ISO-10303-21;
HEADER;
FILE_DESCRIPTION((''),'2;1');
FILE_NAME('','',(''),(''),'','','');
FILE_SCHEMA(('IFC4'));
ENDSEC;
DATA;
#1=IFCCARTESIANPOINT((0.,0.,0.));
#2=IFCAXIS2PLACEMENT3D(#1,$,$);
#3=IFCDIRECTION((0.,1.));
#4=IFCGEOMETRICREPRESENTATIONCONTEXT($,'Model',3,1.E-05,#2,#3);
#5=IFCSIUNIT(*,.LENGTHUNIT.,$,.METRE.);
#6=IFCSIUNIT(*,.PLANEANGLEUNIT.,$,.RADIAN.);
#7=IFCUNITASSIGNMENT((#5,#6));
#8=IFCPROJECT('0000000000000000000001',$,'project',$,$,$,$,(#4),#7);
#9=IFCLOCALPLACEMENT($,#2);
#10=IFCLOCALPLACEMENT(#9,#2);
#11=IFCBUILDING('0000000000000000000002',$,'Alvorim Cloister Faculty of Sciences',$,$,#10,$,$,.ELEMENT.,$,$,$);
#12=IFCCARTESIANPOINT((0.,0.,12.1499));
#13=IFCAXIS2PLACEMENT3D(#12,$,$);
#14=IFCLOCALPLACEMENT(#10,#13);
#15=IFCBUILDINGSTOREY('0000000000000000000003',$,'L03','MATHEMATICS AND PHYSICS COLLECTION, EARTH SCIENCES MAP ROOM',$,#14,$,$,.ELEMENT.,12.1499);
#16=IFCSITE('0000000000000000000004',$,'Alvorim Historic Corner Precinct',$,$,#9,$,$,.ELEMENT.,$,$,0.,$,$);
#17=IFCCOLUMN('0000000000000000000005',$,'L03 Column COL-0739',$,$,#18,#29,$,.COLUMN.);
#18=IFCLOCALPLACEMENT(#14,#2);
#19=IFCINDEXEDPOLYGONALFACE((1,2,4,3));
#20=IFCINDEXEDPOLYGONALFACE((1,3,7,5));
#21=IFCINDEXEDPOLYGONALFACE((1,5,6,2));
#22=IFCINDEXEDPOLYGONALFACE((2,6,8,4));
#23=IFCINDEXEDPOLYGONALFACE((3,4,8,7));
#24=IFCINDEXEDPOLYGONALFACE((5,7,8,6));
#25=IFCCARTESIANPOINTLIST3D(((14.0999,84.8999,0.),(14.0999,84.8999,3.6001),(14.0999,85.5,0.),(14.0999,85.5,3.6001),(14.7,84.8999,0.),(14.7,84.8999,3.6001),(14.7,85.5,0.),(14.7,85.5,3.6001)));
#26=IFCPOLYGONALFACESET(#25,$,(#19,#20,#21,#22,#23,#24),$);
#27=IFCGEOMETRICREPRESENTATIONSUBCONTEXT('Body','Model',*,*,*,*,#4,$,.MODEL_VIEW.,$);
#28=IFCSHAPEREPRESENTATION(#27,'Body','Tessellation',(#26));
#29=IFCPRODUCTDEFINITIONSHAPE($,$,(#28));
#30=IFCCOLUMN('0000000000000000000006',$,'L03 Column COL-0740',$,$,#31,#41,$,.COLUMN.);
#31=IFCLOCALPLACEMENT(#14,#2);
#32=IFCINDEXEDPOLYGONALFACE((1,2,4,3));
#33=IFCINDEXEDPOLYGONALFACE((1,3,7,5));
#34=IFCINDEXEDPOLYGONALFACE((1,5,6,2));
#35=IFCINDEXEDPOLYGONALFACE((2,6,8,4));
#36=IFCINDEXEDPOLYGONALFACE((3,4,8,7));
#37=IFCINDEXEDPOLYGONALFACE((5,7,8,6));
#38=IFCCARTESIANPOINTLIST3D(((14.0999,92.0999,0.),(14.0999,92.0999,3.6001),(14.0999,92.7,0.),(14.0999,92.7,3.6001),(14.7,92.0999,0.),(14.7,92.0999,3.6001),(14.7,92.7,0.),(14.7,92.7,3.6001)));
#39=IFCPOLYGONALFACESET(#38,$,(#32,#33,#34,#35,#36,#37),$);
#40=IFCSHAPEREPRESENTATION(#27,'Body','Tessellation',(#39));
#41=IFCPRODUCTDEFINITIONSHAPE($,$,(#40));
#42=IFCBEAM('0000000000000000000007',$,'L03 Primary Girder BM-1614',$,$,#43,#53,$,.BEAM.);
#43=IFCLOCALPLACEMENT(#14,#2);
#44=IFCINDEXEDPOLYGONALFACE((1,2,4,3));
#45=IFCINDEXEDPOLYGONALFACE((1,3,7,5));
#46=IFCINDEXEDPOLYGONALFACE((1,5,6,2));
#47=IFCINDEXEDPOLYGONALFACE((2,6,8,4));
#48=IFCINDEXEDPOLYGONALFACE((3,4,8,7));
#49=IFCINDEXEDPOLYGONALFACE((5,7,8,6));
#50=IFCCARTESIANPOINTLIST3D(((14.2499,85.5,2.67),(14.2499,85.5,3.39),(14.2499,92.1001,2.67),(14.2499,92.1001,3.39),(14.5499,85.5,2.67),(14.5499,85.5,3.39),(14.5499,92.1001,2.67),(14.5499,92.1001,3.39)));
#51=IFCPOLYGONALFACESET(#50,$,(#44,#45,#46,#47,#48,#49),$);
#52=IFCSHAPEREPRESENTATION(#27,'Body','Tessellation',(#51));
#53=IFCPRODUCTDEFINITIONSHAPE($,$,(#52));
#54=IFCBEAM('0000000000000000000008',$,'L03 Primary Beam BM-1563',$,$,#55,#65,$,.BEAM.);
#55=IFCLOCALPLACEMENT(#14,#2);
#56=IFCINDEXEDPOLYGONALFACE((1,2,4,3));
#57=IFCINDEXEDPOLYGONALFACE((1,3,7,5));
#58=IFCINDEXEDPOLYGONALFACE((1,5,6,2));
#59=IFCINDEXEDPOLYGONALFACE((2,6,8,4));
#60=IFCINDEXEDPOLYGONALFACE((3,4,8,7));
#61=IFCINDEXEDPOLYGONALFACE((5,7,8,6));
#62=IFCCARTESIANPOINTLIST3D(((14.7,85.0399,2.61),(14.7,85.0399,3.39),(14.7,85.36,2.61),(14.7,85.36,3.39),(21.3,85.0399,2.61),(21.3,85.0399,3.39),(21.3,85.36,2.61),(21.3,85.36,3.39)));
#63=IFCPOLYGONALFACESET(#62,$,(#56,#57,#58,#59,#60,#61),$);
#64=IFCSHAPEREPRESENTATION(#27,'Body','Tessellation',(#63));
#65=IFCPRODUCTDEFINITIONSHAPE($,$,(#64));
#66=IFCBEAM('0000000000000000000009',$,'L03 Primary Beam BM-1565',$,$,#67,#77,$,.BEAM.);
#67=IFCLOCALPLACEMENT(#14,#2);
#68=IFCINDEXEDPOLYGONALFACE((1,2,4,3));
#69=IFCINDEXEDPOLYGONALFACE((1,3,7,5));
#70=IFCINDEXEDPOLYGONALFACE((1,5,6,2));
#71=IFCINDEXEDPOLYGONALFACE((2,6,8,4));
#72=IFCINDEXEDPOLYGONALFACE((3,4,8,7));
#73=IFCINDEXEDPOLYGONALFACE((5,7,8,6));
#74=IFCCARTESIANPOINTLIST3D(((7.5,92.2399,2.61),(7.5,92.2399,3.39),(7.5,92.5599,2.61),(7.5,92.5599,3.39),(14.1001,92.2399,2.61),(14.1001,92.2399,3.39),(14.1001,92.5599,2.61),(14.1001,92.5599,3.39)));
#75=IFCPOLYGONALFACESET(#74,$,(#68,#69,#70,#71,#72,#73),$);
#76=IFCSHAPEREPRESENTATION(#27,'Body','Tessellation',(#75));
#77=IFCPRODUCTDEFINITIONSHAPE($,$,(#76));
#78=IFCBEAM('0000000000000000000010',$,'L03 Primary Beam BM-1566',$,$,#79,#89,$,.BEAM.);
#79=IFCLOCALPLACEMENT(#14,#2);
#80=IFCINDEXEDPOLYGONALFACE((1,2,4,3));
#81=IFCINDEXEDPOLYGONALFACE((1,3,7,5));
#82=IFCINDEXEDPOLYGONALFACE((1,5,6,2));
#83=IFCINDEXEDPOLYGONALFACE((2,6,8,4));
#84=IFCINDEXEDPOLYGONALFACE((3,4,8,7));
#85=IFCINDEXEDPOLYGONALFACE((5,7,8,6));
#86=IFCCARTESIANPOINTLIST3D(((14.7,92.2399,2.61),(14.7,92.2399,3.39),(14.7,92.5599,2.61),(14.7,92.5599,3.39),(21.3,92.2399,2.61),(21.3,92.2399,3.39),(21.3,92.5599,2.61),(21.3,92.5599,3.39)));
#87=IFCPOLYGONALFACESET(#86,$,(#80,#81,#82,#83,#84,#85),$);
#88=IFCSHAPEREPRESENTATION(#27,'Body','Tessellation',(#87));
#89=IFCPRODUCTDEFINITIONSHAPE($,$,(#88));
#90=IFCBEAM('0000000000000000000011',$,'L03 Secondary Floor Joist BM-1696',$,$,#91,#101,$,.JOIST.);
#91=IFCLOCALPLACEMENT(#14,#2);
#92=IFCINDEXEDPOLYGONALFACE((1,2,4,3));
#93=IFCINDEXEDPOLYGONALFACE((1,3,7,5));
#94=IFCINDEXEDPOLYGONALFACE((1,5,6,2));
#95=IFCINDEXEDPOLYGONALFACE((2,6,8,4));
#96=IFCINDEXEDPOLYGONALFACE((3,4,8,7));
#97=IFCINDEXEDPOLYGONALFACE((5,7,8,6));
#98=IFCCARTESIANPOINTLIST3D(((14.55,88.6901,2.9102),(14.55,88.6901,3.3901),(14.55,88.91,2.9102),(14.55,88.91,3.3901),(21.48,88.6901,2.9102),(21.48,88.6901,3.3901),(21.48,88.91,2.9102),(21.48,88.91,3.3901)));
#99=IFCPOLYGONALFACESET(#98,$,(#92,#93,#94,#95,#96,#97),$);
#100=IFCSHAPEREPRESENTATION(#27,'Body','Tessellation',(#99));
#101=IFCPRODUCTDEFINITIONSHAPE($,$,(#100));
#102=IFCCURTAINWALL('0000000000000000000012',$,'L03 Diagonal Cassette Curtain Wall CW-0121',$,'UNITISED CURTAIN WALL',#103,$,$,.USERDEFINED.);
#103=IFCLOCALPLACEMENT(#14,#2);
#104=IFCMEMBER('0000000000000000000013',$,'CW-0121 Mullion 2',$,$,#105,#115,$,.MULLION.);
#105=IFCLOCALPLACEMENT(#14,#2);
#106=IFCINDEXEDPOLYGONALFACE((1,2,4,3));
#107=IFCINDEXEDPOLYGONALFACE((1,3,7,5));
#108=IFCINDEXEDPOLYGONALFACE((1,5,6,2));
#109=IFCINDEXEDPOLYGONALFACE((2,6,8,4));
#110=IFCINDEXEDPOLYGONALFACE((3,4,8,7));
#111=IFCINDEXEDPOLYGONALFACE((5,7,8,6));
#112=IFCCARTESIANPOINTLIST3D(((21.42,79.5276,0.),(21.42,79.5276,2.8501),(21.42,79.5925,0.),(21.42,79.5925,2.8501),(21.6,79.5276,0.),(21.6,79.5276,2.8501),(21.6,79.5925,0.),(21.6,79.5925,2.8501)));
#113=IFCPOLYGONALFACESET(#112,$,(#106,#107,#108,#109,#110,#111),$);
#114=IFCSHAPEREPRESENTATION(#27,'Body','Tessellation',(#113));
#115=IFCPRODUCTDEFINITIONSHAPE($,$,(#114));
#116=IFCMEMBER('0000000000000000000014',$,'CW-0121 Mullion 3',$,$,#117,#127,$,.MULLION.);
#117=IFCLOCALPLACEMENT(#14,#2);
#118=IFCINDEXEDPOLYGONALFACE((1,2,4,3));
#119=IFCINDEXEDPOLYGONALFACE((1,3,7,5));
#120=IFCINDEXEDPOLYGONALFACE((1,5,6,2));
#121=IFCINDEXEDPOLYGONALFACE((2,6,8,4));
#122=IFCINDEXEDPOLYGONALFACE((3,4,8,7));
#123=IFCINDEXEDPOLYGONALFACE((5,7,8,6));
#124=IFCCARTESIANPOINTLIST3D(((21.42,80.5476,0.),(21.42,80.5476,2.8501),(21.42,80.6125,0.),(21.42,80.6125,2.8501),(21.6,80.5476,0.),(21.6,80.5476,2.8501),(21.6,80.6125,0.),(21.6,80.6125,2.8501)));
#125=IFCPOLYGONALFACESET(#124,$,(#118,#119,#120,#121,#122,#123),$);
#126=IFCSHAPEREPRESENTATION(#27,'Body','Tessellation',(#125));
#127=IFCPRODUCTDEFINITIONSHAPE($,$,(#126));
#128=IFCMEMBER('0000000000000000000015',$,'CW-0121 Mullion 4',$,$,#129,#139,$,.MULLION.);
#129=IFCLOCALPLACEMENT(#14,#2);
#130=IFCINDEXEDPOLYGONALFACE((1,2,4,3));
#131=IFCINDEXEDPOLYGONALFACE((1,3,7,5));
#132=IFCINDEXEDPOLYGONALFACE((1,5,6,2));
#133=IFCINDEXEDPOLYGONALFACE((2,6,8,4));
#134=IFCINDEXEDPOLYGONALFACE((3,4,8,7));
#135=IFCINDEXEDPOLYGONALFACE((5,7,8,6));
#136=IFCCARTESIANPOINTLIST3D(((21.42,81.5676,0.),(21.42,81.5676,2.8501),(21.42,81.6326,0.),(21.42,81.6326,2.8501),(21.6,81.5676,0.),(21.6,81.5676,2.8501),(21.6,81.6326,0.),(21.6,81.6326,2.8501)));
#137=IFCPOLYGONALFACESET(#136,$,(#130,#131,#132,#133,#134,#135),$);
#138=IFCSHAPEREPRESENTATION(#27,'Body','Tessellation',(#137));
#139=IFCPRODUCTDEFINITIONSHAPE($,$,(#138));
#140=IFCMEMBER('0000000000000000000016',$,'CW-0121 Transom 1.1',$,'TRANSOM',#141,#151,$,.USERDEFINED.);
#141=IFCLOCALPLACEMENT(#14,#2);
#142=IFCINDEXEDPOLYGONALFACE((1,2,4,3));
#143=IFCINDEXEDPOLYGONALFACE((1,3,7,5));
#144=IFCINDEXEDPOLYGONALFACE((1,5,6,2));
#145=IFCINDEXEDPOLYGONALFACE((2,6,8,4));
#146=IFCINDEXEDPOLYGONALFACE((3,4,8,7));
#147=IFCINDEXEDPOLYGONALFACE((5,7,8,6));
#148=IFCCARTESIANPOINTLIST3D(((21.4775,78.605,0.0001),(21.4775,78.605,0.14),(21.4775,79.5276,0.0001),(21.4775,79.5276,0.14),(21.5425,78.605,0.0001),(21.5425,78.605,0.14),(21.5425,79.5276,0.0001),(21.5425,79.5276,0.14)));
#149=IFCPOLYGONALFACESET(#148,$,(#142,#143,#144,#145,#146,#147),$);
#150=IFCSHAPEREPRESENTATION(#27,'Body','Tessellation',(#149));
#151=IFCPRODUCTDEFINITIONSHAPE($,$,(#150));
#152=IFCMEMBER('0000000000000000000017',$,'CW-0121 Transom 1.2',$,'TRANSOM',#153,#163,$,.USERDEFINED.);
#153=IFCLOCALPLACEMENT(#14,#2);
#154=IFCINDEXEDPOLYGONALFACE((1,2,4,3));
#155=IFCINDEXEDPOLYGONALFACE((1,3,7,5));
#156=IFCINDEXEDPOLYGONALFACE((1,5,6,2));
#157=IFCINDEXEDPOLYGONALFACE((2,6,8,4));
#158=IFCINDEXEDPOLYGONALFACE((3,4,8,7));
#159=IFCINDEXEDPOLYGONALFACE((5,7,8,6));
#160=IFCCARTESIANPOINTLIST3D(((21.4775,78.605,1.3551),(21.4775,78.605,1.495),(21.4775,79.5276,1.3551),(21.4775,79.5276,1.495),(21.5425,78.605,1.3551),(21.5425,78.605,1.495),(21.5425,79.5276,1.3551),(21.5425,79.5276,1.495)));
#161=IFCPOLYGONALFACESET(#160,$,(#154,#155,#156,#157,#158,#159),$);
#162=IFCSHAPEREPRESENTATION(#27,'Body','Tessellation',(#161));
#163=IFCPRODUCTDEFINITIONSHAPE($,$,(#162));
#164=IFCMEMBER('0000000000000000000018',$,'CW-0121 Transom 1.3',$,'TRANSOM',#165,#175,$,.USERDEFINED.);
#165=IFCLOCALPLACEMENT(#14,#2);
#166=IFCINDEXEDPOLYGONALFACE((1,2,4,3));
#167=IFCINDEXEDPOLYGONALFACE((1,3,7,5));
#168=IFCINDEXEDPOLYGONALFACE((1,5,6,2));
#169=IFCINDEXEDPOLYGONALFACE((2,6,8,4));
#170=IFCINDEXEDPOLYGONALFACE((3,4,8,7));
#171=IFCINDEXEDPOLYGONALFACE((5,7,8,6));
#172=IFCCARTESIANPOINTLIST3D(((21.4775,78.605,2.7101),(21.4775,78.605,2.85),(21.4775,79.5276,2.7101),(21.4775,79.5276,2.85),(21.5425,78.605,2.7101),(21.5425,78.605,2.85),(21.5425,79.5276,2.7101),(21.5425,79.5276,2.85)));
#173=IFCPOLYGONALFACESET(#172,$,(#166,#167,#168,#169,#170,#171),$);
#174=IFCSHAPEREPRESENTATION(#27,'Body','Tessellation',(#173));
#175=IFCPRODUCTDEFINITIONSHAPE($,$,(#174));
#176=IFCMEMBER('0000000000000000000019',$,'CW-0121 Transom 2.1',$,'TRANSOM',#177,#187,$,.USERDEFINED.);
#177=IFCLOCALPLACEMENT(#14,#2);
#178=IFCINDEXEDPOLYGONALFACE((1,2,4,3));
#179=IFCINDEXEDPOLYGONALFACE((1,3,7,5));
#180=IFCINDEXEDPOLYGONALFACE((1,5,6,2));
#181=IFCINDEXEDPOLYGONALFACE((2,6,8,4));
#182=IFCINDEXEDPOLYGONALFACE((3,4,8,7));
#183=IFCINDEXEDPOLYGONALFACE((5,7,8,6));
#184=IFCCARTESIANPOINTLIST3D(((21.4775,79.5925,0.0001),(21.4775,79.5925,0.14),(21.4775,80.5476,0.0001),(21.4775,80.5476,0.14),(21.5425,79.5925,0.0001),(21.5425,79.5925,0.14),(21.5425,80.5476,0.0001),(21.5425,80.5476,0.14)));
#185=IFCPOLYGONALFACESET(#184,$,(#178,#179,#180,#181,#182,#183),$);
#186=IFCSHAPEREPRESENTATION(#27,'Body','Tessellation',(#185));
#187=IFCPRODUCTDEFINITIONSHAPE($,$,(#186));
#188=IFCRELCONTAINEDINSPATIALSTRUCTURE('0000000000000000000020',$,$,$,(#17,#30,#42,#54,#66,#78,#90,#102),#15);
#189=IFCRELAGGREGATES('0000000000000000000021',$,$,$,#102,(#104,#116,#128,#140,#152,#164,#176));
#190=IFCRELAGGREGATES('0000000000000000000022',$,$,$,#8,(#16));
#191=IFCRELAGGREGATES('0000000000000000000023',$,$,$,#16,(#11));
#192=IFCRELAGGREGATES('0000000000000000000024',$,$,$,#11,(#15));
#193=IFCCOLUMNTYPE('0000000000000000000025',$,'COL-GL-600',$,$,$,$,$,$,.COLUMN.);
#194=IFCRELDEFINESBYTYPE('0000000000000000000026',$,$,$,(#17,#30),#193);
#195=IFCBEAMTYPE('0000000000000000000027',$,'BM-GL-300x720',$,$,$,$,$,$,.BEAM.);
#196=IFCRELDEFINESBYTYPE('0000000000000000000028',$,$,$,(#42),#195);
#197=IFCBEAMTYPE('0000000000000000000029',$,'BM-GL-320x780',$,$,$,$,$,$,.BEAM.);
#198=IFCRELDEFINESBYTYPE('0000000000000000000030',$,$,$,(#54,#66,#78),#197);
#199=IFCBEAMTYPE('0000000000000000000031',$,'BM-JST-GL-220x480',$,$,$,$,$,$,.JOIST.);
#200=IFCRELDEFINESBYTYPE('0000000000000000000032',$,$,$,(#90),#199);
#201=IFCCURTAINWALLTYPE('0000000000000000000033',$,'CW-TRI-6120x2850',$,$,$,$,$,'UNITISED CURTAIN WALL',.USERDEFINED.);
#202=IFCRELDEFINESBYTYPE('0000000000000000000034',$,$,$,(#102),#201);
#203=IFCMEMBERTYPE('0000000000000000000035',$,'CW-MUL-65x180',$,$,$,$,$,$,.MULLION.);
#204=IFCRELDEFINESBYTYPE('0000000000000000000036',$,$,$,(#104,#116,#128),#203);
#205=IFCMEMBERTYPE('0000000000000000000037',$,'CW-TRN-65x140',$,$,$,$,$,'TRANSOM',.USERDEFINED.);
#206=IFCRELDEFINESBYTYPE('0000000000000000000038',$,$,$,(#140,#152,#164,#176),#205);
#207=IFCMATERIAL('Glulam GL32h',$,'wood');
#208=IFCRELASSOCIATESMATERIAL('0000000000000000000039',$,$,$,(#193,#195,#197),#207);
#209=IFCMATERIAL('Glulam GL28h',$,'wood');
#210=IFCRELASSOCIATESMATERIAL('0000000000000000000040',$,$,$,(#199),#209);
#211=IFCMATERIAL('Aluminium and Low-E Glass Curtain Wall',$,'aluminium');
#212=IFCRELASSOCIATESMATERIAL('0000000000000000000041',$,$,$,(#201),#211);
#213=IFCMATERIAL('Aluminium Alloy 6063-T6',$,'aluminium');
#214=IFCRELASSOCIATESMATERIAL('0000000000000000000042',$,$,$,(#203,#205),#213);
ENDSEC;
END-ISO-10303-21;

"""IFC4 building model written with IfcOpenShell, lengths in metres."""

from ifc_helpers import new_model, si_unit, direction, frame, origin, origin_2d, place, context, subcontext, project, spatial, rectangle, extrude, material, material_profile, profile_set, type_object, element, aggregate, save


model = new_model("IFC4")

# Units and contexts
model_context = context("Model", 3, precision=1e-05, world=origin(), true_north=direction((0.0, 1.0)))
body_context = subcontext(model_context, "Body", "Model", "MODEL_VIEW")
ifc_project = project(units=[si_unit("LENGTHUNIT", "METRE"), si_unit("PLANEANGLEUNIT", "RADIAN")], contexts=[model_context])

# Site, building, storey
site_placement = place(None, origin())
site = spatial("IfcSite", under=ifc_project, at=site_placement, Name="Alvorim Historic Corner Precinct", CompositionType="ELEMENT", RefElevation=0.0)
building_placement = place(site_placement, origin())
building = spatial("IfcBuilding", under=site, at=building_placement, Name="Alvorim Cloister Faculty of Sciences", CompositionType="ELEMENT")
storey_placement = place(building_placement, frame((0.0, 0.0, 12.1499)))
storey = spatial("IfcBuildingStorey", under=building, at=storey_placement, Name="L03", Description="MATHEMATICS AND PHYSICS COLLECTION, EARTH SCIENCES MAP ROOM", CompositionType="ELEMENT", Elevation=12.1499)

# Columns
ifc_material_1 = material(Name="Glulam GL32h", Category="wood")
ifc_material_profile_1 = material_profile(ifc_material_1, rectangle(XDim=0.6001, YDim=0.6001, at=origin_2d()), Name="GL32-COL-600x600")
ifc_profile_set_1 = profile_set([ifc_material_profile_1], Name="Glulam GL32h")
column_type = type_object("IfcColumnType", Name="COL-GL-600", PredefinedType="COLUMN", material=ifc_profile_set_1)
for number, where, z_axis, x_axis, name in (
    (1, (14.3999, 85.2, 0.0), (0.0, 0.0, 1.0), (1.0, 0.0, 0.0), "L03 Column COL-0739"),
    (2, (14.3999, 92.3999, 0.0), (0.0, 0.0, 1.0), (1.0, 0.0, 0.0), "L03 Column COL-0740"),
):
    element("IfcColumn", number, at=place(storey_placement, frame(where, z_axis=z_axis, x_axis=x_axis)), inside=storey, type_object=column_type, Name=name, PredefinedType="COLUMN", context=body_context, shape_type="SweptSolid", body=[
        extrude(rectangle(XDim=0.6001, YDim=0.6001, at=origin_2d()), origin(), (0.0, 0.0, 1.0), 3.6001),
    ])

# Beams
ifc_material_profile_2 = material_profile(ifc_material_1, rectangle(XDim=0.3, YDim=0.72, at=origin_2d()), Name="GL32-BM-300x720")
ifc_profile_set_2 = profile_set([ifc_material_profile_2], Name="Glulam GL32h")
beam_type_1 = type_object("IfcBeamType", Name="BM-GL-300x720", PredefinedType="BEAM", material=ifc_profile_set_2)
beam_1_placement = place(storey_placement, frame((14.3999, 85.5, 3.03), z_axis=(0.0, 1.0, 0.0), x_axis=(-1.0, 0.0, 0.0)))
element("IfcBeam", 3, at=beam_1_placement, inside=storey, type_object=beam_type_1, Name="L03 Primary Girder BM-1614", PredefinedType="BEAM", context=body_context, shape_type="SweptSolid", body=[
    extrude(rectangle(XDim=0.3, YDim=0.72, at=origin_2d()), origin(), (0.0, 0.0, 1.0), 6.6001),
])
ifc_material_profile_3 = material_profile(ifc_material_1, rectangle(XDim=0.3201, YDim=0.78, at=origin_2d()), Name="GL32-BM-320x780")
ifc_profile_set_3 = profile_set([ifc_material_profile_3], Name="Glulam GL32h")
beam_type_2 = type_object("IfcBeamType", Name="BM-GL-320x780", PredefinedType="BEAM", material=ifc_profile_set_3)
for number, where, z_axis, x_axis, name in (
    (4, (14.7, 85.2, 3.0), (1.0, 0.0, 0.0), (0.0, 1.0, 0.0), "L03 Primary Beam BM-1563"),
    (5, (7.5, 92.3999, 3.0), (1.0, 0.0, 0.0), (0.0, 1.0, 0.0), "L03 Primary Beam BM-1565"),
    (6, (14.7, 92.3999, 3.0), (1.0, 0.0, 0.0), (0.0, 1.0, 0.0), "L03 Primary Beam BM-1566"),
):
    element("IfcBeam", number, at=place(storey_placement, frame(where, z_axis=z_axis, x_axis=x_axis)), inside=storey, type_object=beam_type_2, Name=name, PredefinedType="BEAM", context=body_context, shape_type="SweptSolid", body=[
        extrude(rectangle(XDim=0.3201, YDim=0.78, at=origin_2d()), origin(), (0.0, 0.0, 1.0), 6.6001),
    ])
ifc_material_2 = material(Name="Glulam GL28h", Category="wood")
ifc_material_profile_4 = material_profile(ifc_material_2, rectangle(XDim=0.22, YDim=0.48, at=origin_2d()), Name="GL28-JST-220x480")
ifc_profile_set_4 = profile_set([ifc_material_profile_4], Name="Glulam GL28h")
beam_type_3 = type_object("IfcBeamType", Name="BM-JST-GL-220x480", PredefinedType="JOIST", material=ifc_profile_set_4)
beam_2_placement = place(storey_placement, frame((14.55, 88.8, 3.1501), z_axis=(1.0, 0.0, 0.0), x_axis=(0.0, 1.0, 0.0)))
element("IfcBeam", 7, at=beam_2_placement, inside=storey, type_object=beam_type_3, Name="L03 Secondary Floor Joist BM-1696", PredefinedType="JOIST", context=body_context, shape_type="SweptSolid", body=[
    extrude(rectangle(XDim=0.22, YDim=0.48, at=origin_2d()), origin(), (0.0, 0.0, 1.0), 6.9299),
])

# Curtain wall, members
ifc_material_3 = material(Name="Aluminium and Low-E Glass Curtain Wall", Category="aluminium")
curtain_wall_type = type_object("IfcCurtainWallType", Name="CW-TRI-6120x2850", ElementType="UNITISED CURTAIN WALL", PredefinedType="USERDEFINED", material=ifc_material_3)
curtain_wall_placement = place(storey_placement, origin())
curtain_wall = element("IfcCurtainWall", 8, at=curtain_wall_placement, inside=storey, type_object=curtain_wall_type, Name="L03 Diagonal Cassette Curtain Wall CW-0121", ObjectType="UNITISED CURTAIN WALL", PredefinedType="USERDEFINED")
ifc_material_4 = material(Name="Aluminium Alloy 6063-T6", Category="aluminium")
ifc_material_profile_5 = material_profile(ifc_material_4, rectangle(XDim=0.0649, YDim=0.1799, at=origin_2d()), Name="ALU-MUL-65x180")
ifc_profile_set_5 = profile_set([ifc_material_profile_5], Name="Aluminium Alloy 6063-T6")
member_type_1 = type_object("IfcMemberType", Name="CW-MUL-65x180", PredefinedType="MULLION", material=ifc_profile_set_5)
member_1_placement = place(storey_placement, frame((21.51, 79.5601, 0.0), z_axis=(0.0, 0.0, 1.0), x_axis=(0.0, 1.0, 0.0)))
member_1 = element("IfcMember", 9, at=member_1_placement, type_object=member_type_1, Name="CW-0121 Mullion 2", PredefinedType="MULLION", context=body_context, shape_type="SweptSolid", body=[
    extrude(rectangle(XDim=0.0649, YDim=0.1799, at=origin_2d()), origin(), (0.0, 0.0, 1.0), 2.8501),
])
member_2_placement = place(storey_placement, frame((21.51, 80.5801, 0.0), z_axis=(0.0, 0.0, 1.0), x_axis=(0.0, 1.0, 0.0)))
member_2 = element("IfcMember", 10, at=member_2_placement, type_object=member_type_1, Name="CW-0121 Mullion 3", PredefinedType="MULLION", context=body_context, shape_type="SweptSolid", body=[
    extrude(rectangle(XDim=0.0649, YDim=0.1799, at=origin_2d()), origin(), (0.0, 0.0, 1.0), 2.8501),
])
member_3_placement = place(storey_placement, frame((21.51, 81.6001, 0.0), z_axis=(0.0, 0.0, 1.0), x_axis=(0.0, 1.0, 0.0)))
member_3 = element("IfcMember", 11, at=member_3_placement, type_object=member_type_1, Name="CW-0121 Mullion 4", PredefinedType="MULLION", context=body_context, shape_type="SweptSolid", body=[
    extrude(rectangle(XDim=0.0649, YDim=0.1799, at=origin_2d()), origin(), (0.0, 0.0, 1.0), 2.8501),
])
ifc_material_profile_6 = material_profile(ifc_material_4, rectangle(XDim=0.0649, YDim=0.1399, at=origin_2d()), Name="ALU-TRN-65x140")
ifc_profile_set_6 = profile_set([ifc_material_profile_6], Name="Aluminium Alloy 6063-T6")
member_type_2 = type_object("IfcMemberType", Name="CW-TRN-65x140", ElementType="TRANSOM", PredefinedType="USERDEFINED", material=ifc_profile_set_6)
member_4_placement = place(storey_placement, frame((21.51, 78.605, 0.0701), z_axis=(0.0, 1.0, 0.0), x_axis=(-1.0, 0.0, 0.0)))
member_4 = element("IfcMember", 12, at=member_4_placement, type_object=member_type_2, Name="CW-0121 Transom 1.1", ObjectType="TRANSOM", PredefinedType="USERDEFINED", context=body_context, shape_type="SweptSolid", body=[
    extrude(rectangle(XDim=0.0649, YDim=0.1399, at=origin_2d()), origin(), (0.0, 0.0, 1.0), 0.9226),
])
member_5_placement = place(storey_placement, frame((21.51, 78.605, 1.425), z_axis=(0.0, 1.0, 0.0), x_axis=(-1.0, 0.0, 0.0)))
member_5 = element("IfcMember", 13, at=member_5_placement, type_object=member_type_2, Name="CW-0121 Transom 1.2", ObjectType="TRANSOM", PredefinedType="USERDEFINED", context=body_context, shape_type="SweptSolid", body=[
    extrude(rectangle(XDim=0.0649, YDim=0.1399, at=origin_2d()), origin(), (0.0, 0.0, 1.0), 0.9226),
])
member_6_placement = place(storey_placement, frame((21.51, 78.605, 2.78), z_axis=(0.0, 1.0, 0.0), x_axis=(-1.0, 0.0, 0.0)))
member_6 = element("IfcMember", 14, at=member_6_placement, type_object=member_type_2, Name="CW-0121 Transom 1.3", ObjectType="TRANSOM", PredefinedType="USERDEFINED", context=body_context, shape_type="SweptSolid", body=[
    extrude(rectangle(XDim=0.0649, YDim=0.1399, at=origin_2d()), origin(), (0.0, 0.0, 1.0), 0.9226),
])
member_7_placement = place(storey_placement, frame((21.51, 79.5925, 0.0701), z_axis=(0.0, 1.0, 0.0), x_axis=(-1.0, 0.0, 0.0)))
member_7 = element("IfcMember", 15, at=member_7_placement, type_object=member_type_2, Name="CW-0121 Transom 2.1", ObjectType="TRANSOM", PredefinedType="USERDEFINED", context=body_context, shape_type="SweptSolid", body=[
    extrude(rectangle(XDim=0.0649, YDim=0.1399, at=origin_2d()), origin(), (0.0, 0.0, 1.0), 0.9551),
])
aggregate(curtain_wall, [member_1, member_2, member_3, member_4, member_5, member_6, member_7])

save(model, "model.ifc")
